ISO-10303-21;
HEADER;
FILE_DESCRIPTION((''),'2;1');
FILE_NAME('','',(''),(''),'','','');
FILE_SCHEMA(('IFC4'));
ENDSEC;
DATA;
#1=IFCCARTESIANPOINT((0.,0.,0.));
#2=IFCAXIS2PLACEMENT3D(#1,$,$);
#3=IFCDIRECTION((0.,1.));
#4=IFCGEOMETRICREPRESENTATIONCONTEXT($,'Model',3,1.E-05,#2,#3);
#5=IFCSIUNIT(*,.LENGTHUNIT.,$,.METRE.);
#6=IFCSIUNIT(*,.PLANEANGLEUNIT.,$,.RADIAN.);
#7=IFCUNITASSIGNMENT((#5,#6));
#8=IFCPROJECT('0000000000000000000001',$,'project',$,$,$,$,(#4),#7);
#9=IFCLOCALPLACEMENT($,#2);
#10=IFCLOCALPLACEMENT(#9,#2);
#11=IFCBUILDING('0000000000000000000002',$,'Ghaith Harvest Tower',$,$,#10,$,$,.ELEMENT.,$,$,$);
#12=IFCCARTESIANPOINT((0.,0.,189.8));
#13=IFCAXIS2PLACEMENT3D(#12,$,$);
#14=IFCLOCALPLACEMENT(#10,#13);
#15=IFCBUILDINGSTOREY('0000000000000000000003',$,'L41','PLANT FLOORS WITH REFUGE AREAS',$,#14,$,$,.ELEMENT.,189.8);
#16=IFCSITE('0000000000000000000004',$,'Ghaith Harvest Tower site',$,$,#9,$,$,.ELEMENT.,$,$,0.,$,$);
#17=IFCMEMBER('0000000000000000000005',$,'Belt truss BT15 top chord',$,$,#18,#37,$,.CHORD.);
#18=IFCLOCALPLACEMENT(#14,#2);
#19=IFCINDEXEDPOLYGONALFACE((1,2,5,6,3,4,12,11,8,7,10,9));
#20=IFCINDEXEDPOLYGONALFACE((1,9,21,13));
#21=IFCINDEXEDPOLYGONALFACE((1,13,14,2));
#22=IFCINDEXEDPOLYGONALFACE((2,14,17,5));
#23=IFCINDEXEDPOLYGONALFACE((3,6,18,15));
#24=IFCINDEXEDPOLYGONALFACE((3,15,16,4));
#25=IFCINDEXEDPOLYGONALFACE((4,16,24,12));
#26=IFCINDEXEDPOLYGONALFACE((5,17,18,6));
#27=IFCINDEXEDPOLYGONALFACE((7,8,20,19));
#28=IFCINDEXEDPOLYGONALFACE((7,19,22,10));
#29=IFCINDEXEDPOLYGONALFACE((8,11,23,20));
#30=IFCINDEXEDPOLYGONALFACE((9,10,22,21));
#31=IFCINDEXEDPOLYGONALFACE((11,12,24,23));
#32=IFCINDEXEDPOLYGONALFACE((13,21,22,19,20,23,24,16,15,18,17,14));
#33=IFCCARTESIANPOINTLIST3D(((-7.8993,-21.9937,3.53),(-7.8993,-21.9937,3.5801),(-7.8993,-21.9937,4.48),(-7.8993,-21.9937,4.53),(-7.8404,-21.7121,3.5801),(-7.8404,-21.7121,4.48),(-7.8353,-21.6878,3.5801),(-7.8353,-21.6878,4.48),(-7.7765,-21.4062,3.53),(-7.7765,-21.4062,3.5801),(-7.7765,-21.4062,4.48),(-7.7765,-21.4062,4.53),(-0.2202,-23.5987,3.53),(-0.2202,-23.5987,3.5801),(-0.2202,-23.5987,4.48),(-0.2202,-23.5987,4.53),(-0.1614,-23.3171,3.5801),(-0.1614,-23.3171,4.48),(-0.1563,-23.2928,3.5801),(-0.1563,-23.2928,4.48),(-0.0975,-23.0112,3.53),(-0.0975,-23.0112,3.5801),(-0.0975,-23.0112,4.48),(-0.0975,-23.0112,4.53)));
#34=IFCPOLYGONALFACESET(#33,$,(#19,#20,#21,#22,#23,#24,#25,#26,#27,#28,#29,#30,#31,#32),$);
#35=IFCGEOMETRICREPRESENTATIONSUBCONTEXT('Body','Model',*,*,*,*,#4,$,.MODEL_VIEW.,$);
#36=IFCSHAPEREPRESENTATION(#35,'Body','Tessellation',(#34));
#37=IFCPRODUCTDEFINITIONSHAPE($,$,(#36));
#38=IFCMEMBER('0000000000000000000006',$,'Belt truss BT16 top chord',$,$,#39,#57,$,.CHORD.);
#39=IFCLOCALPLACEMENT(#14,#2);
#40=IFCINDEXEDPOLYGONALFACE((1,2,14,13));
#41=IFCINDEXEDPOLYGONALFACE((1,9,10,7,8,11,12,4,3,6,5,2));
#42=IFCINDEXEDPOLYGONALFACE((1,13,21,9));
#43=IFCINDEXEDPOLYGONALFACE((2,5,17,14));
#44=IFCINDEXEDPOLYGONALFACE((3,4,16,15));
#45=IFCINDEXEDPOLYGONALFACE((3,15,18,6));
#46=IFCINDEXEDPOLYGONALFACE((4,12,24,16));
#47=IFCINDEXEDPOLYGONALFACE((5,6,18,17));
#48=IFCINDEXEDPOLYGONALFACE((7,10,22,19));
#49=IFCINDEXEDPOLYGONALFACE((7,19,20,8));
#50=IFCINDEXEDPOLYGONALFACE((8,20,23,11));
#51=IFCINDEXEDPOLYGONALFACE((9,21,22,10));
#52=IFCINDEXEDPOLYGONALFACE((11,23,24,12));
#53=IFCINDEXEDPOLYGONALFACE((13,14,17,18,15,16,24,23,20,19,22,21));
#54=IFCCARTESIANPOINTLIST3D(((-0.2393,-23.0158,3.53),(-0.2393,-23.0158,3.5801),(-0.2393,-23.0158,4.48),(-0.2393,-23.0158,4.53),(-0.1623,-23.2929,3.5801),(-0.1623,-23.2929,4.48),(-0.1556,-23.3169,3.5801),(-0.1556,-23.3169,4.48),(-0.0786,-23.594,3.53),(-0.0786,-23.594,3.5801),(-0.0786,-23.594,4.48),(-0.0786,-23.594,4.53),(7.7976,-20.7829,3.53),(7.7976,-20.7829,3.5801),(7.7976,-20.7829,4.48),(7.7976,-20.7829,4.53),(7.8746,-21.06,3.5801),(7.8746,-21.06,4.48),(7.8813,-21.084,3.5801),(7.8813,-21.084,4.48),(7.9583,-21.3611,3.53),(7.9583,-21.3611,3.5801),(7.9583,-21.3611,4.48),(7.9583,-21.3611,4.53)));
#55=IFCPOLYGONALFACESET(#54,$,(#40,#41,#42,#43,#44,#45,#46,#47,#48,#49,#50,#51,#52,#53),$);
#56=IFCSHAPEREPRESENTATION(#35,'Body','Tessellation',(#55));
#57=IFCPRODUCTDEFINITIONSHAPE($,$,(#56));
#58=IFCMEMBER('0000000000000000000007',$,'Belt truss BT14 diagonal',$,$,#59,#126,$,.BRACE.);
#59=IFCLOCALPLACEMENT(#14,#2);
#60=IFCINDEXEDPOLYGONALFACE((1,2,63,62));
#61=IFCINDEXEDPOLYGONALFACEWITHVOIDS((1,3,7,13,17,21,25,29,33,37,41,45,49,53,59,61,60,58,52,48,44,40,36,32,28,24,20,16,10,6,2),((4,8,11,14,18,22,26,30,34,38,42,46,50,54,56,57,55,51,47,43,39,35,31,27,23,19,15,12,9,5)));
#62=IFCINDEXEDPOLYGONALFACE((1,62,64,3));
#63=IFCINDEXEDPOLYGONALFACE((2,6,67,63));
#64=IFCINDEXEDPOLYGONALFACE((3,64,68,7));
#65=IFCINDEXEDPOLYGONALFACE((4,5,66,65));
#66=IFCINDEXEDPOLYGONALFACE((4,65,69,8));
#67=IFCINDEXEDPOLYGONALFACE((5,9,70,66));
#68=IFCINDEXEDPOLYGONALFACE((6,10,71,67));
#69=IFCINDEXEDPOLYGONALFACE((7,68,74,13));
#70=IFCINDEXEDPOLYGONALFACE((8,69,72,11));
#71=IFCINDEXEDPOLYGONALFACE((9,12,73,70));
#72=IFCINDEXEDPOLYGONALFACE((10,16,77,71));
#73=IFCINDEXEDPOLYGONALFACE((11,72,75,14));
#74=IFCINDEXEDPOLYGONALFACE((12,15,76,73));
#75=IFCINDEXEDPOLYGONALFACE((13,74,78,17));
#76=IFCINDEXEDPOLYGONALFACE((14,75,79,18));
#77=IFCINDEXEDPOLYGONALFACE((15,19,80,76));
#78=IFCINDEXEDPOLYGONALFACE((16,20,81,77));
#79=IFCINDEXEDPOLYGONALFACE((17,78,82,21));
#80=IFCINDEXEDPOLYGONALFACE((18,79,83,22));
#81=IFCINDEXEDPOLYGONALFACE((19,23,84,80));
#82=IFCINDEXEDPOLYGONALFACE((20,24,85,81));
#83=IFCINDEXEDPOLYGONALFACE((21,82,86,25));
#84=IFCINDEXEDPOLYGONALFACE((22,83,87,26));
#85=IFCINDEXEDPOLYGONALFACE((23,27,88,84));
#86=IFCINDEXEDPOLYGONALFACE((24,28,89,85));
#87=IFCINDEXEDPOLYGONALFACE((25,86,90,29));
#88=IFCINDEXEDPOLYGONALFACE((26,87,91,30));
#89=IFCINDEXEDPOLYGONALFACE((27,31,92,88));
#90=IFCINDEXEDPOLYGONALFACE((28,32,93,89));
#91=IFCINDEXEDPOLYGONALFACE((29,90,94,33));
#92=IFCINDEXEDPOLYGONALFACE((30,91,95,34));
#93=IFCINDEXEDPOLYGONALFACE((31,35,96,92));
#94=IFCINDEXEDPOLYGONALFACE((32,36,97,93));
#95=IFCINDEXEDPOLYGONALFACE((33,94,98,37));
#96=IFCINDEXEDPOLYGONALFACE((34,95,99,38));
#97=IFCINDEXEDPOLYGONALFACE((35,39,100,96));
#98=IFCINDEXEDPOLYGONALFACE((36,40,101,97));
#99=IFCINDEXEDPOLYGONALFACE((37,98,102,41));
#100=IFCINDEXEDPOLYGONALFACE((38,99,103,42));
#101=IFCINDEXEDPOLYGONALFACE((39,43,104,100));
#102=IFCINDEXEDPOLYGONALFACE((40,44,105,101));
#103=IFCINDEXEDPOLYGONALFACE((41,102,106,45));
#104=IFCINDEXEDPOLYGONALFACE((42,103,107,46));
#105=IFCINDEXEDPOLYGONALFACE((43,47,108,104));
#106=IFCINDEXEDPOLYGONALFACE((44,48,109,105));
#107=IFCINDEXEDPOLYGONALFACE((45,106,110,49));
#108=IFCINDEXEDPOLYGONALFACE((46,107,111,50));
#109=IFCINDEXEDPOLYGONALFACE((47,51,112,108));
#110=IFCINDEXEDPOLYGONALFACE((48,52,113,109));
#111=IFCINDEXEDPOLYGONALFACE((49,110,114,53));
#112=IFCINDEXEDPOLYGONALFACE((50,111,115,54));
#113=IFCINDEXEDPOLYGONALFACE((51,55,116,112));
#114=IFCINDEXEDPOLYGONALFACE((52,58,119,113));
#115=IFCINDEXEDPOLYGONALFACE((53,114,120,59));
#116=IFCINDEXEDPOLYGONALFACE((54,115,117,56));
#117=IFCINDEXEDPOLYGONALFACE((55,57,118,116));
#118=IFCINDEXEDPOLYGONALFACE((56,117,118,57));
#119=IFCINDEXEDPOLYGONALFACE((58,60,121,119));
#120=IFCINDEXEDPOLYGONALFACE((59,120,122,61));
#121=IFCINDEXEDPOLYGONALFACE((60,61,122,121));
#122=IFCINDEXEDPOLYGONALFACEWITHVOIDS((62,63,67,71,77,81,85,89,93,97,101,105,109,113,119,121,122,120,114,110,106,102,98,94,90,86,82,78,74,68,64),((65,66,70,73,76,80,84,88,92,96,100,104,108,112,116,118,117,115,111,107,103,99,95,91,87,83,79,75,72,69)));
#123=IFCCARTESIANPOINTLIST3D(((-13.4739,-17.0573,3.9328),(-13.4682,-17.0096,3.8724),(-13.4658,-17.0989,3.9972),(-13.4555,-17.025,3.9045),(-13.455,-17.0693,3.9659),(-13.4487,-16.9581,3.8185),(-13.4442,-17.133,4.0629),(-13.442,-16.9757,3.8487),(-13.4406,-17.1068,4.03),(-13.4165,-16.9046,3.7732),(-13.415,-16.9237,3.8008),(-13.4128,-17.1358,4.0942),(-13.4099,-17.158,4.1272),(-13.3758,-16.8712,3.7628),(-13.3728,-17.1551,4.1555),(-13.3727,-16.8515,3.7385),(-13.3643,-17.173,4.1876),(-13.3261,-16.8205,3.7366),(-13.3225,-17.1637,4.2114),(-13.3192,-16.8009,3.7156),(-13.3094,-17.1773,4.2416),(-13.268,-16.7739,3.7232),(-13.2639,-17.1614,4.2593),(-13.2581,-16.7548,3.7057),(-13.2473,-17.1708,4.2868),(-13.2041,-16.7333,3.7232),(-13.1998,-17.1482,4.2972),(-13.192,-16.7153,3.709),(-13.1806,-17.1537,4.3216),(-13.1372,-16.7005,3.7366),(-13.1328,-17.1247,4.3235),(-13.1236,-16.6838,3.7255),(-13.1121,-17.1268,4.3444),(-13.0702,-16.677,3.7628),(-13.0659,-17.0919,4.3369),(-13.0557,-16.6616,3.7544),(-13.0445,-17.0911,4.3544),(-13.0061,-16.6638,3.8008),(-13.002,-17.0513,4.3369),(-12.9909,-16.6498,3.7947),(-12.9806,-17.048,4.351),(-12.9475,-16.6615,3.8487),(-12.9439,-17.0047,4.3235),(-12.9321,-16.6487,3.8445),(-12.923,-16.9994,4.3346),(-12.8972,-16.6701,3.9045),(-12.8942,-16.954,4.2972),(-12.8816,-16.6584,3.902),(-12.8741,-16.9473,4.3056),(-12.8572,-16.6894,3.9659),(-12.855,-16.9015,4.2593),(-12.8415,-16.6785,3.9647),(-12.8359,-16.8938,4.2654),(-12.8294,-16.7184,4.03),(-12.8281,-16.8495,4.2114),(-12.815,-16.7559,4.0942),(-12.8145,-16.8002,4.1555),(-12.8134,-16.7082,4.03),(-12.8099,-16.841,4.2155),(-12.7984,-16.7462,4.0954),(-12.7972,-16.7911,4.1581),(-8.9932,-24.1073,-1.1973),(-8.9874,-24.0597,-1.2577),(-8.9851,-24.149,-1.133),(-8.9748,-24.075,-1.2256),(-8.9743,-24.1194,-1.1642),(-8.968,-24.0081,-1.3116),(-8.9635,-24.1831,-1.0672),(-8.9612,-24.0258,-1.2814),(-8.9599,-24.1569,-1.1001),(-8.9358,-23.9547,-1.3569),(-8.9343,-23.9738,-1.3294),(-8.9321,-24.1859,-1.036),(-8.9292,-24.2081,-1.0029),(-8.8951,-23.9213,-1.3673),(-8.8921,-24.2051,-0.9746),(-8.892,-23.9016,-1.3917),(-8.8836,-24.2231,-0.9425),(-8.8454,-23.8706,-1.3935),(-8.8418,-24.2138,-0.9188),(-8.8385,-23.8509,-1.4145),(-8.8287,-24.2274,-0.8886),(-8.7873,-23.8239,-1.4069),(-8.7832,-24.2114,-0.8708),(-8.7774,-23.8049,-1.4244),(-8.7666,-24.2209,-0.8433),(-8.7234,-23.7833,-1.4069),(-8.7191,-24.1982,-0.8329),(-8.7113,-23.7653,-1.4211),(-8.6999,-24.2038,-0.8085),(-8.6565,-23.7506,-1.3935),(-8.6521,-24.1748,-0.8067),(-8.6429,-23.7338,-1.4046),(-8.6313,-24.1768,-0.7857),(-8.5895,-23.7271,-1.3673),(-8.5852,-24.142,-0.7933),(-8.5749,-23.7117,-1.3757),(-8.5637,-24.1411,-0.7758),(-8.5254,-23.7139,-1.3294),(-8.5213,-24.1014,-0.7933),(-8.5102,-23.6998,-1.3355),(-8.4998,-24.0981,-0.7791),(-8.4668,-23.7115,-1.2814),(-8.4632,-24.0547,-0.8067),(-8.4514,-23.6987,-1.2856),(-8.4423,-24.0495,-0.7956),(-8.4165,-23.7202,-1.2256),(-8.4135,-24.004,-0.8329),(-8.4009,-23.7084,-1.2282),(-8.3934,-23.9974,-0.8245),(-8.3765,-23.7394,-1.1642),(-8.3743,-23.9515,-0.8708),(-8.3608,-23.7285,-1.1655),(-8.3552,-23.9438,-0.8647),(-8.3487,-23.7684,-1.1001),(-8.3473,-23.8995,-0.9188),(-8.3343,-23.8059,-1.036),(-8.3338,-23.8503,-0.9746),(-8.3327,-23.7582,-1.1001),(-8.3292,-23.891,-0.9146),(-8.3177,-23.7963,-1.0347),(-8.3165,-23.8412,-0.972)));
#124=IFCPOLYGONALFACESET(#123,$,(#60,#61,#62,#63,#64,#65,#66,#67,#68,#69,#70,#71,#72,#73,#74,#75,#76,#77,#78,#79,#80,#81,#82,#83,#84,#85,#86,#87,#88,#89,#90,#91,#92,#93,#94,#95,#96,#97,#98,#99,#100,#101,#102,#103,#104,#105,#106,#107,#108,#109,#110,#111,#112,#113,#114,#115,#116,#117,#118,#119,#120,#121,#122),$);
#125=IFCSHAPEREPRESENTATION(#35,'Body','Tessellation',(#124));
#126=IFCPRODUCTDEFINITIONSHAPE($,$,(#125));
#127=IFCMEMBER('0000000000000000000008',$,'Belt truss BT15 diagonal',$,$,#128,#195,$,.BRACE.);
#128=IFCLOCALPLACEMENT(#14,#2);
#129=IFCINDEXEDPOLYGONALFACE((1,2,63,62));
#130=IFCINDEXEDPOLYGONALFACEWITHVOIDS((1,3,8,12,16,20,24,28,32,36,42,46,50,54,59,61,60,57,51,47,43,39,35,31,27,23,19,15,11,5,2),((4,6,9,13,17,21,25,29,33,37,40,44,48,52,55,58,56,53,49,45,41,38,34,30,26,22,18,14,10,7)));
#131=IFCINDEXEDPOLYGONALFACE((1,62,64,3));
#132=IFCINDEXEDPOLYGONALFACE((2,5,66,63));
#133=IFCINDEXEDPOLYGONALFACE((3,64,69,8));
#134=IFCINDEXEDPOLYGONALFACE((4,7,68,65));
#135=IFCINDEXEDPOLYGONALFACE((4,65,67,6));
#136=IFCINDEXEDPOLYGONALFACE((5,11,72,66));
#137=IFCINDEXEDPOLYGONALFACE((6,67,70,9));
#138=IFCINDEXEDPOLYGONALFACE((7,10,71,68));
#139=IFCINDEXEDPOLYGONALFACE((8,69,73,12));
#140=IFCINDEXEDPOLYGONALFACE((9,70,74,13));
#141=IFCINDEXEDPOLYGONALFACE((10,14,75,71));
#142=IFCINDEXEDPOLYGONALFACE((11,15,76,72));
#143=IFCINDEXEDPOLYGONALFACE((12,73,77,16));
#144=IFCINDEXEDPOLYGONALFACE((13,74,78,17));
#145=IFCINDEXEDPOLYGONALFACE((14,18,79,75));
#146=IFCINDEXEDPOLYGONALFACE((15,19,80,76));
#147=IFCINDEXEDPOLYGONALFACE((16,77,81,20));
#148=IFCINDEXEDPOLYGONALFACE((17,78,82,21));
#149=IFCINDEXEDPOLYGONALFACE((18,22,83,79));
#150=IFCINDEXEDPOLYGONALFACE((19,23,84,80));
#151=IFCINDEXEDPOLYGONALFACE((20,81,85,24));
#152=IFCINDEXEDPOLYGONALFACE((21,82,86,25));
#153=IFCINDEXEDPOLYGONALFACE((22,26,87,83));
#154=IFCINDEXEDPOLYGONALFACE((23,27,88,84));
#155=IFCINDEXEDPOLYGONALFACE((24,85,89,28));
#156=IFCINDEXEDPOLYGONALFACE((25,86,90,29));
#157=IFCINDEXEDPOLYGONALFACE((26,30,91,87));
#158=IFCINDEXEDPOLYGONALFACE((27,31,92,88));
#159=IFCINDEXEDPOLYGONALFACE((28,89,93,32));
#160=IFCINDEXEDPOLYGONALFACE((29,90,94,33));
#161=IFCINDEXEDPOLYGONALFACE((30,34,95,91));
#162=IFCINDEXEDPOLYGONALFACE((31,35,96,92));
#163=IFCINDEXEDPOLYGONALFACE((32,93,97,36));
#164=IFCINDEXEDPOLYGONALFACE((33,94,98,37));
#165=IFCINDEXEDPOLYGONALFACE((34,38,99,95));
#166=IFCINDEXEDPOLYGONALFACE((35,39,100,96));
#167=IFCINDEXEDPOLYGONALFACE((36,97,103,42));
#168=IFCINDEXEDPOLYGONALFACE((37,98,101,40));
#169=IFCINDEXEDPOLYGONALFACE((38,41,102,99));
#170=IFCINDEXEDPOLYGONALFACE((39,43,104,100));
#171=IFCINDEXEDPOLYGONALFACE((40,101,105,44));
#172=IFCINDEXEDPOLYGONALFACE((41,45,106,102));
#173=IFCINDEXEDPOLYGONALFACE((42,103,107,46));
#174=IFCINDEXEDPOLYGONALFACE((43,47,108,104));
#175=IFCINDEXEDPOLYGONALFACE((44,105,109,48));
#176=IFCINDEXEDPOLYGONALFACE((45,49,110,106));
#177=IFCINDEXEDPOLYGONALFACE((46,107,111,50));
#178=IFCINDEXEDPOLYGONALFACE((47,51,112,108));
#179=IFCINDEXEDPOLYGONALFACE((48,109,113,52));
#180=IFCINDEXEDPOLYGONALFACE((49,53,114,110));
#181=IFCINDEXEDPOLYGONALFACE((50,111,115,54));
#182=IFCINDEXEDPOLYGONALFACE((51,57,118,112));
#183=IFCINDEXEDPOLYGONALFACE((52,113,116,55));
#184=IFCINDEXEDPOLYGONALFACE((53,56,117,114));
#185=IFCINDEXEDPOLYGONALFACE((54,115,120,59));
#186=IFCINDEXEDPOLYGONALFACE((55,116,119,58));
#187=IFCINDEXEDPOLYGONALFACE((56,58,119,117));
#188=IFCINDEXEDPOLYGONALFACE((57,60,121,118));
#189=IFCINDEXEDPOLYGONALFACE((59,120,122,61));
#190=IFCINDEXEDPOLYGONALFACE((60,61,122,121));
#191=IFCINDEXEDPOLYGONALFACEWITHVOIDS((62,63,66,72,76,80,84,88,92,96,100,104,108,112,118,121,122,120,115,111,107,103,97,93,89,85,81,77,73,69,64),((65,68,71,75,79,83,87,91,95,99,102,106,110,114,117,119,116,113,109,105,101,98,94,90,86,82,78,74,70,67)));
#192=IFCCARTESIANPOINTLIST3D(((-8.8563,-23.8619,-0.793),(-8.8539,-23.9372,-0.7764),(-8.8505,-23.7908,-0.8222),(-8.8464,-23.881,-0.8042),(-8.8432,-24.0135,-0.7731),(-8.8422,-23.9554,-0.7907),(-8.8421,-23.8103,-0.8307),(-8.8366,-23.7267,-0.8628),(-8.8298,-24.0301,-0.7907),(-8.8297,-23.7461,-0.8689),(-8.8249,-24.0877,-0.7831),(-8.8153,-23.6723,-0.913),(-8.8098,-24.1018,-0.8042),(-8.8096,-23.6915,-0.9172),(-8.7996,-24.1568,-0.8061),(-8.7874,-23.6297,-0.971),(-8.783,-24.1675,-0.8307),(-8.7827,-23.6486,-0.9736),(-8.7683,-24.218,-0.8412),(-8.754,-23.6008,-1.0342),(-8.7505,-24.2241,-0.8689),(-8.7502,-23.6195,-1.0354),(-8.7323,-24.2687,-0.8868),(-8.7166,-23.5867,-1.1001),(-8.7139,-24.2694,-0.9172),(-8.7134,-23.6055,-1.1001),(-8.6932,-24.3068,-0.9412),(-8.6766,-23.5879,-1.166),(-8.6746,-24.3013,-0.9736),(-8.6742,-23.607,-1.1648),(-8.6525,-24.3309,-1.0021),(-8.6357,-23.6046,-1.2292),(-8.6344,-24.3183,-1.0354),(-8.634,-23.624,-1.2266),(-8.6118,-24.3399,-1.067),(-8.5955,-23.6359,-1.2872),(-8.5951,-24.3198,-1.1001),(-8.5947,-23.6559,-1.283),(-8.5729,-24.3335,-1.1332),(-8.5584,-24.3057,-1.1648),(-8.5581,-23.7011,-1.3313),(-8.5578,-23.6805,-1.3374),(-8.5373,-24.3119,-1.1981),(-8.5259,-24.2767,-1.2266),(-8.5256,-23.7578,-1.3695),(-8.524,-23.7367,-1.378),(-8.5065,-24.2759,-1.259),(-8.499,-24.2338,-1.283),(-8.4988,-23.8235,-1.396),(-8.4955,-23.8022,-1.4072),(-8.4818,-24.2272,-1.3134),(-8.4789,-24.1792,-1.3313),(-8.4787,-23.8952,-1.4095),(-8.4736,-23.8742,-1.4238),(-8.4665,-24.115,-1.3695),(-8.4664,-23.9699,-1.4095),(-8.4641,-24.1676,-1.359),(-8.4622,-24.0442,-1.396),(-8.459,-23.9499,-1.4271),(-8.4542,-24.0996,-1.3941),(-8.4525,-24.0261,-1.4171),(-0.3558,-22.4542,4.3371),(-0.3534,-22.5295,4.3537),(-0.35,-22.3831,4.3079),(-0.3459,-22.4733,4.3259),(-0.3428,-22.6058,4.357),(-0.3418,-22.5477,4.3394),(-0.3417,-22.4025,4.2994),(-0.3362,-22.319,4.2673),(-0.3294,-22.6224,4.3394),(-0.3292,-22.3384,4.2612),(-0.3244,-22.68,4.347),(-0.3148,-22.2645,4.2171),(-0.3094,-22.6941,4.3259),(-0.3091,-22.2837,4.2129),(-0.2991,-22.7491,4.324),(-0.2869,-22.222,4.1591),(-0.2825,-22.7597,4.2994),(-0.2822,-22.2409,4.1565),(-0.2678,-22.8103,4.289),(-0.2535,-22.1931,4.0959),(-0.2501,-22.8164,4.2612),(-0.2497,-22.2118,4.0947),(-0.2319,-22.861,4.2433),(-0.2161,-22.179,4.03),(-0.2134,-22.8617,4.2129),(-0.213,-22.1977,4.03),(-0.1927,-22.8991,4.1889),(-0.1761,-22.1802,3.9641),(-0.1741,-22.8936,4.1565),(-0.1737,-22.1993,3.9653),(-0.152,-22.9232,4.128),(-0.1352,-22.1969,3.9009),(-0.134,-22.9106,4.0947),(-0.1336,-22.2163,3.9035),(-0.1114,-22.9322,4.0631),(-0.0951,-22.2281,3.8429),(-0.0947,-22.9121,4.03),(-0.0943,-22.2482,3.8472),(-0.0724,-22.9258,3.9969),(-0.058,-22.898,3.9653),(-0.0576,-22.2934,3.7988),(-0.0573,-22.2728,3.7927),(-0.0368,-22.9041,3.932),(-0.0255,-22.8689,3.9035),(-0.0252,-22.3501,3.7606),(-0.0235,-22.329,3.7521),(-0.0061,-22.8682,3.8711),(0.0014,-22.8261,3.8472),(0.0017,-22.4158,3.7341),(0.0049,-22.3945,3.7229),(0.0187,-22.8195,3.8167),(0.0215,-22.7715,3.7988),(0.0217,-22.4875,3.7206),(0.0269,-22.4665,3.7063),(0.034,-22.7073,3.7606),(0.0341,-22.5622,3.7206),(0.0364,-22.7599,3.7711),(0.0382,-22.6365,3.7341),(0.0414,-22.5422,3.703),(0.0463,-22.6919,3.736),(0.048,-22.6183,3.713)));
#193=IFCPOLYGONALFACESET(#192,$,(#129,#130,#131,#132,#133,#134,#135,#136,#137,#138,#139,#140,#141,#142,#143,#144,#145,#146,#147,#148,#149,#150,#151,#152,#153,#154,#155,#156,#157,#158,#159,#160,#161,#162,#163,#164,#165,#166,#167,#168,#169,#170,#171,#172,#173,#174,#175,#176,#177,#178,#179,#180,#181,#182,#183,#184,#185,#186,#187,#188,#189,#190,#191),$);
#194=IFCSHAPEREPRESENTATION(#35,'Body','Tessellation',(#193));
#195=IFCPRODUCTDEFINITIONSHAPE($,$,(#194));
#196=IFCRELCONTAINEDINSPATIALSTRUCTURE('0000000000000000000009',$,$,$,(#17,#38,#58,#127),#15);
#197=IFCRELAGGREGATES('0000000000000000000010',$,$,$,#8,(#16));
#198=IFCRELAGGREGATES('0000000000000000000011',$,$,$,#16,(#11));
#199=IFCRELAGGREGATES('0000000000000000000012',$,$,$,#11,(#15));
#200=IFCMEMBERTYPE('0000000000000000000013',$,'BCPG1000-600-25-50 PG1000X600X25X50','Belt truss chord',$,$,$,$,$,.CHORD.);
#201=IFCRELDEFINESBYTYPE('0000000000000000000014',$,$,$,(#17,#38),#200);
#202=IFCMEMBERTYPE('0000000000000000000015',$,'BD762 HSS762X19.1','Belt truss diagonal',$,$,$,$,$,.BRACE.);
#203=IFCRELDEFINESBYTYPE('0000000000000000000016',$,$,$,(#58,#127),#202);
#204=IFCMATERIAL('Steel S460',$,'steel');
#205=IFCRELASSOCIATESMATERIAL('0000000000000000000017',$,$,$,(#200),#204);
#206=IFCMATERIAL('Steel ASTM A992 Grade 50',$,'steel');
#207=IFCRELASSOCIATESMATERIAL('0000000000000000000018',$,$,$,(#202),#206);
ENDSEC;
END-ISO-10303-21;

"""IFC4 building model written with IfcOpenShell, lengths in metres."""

from ifc_helpers import new_model, si_unit, direction, frame, origin, origin_2d, place, context, subcontext, project, spatial, hollow_circle, i_section, extrude, material, material_profile, profile_set, type_object, element, save


model = new_model("IFC4")

# Units and contexts
model_context = context("Model", 3, precision=1e-05, world=origin(), true_north=direction((0.0, 1.0)))
body_context = subcontext(model_context, "Body", "Model", "MODEL_VIEW")
ifc_project = project(units=[si_unit("LENGTHUNIT", "METRE"), si_unit("PLANEANGLEUNIT", "RADIAN")], contexts=[model_context])

# Site, building, storey
site_placement = place(None, origin())
site = spatial("IfcSite", under=ifc_project, at=site_placement, Name="Ghaith Harvest Tower site", CompositionType="ELEMENT", RefElevation=0.0)
building_placement = place(site_placement, origin())
building = spatial("IfcBuilding", under=site, at=building_placement, Name="Ghaith Harvest Tower", CompositionType="ELEMENT")
storey_placement = place(building_placement, frame((0.0, 0.0, 189.8)))
storey = spatial("IfcBuildingStorey", under=building, at=storey_placement, Name="L41", Description="PLANT FLOORS WITH REFUGE AREAS", CompositionType="ELEMENT", Elevation=189.8)

# Members
ifc_material_1 = material(Name="Steel S460", Category="steel")
ifc_material_profile_1 = material_profile(ifc_material_1, i_section(OverallWidth=0.6001, OverallDepth=1.0, WebThickness=0.0249, FlangeThickness=0.05, at=origin_2d()), Name="PG1000X600X25X50")
ifc_profile_set_1 = profile_set([ifc_material_profile_1], Name="Steel S460")
member_type_1 = type_object("IfcMemberType", Name="BCPG1000-600-25-50 PG1000X600X25X50", Description="Belt truss chord", PredefinedType="CHORD", material=ifc_profile_set_1)
member_1_placement = place(storey_placement, frame((-7.8379, -21.7, 4.03), z_axis=(0.978848, -0.204589, 0.0), x_axis=(0.204589, 0.978848, 0.0)))
element("IfcMember", 1, at=member_1_placement, inside=storey, type_object=member_type_1, Name="Belt truss BT15 top chord", PredefinedType="CHORD", context=body_context, shape_type="SweptSolid", body=[
    extrude(i_section(OverallWidth=0.6001, OverallDepth=1.0, WebThickness=0.0249, FlangeThickness=0.05, at=origin_2d()), origin(), (0.0, 0.0, 1.0), 7.845),
])
member_2_placement = place(storey_placement, frame((-0.1589, -23.3049, 4.03), z_axis=(0.963504, 0.267694, 0.0), x_axis=(-0.267694, 0.963504, 0.0)))
element("IfcMember", 2, at=member_2_placement, inside=storey, type_object=member_type_1, Name="Belt truss BT16 top chord", PredefinedType="CHORD", context=body_context, shape_type="SweptSolid", body=[
    extrude(i_section(OverallWidth=0.6001, OverallDepth=1.0, WebThickness=0.0249, FlangeThickness=0.05, at=origin_2d()), origin(), (0.0, 0.0, 1.0), 8.3413),
])
ifc_material_2 = material(Name="Steel ASTM A992 Grade 50", Category="steel")
ifc_material_profile_2 = material_profile(ifc_material_2, hollow_circle(Radius=0.3811, WallThickness=0.019, at=origin_2d()), Name="HSS762X19.1")
ifc_profile_set_2 = profile_set([ifc_material_profile_2], Name="Steel ASTM A992 Grade 50")
member_type_2 = type_object("IfcMemberType", Name="BD762 HSS762X19.1", Description="Belt truss diagonal", PredefinedType="BRACE", material=ifc_profile_set_2)
member_3_placement = place(storey_placement, frame((-13.135, -16.9126, 4.03), z_axis=(0.457077, -0.719175, -0.523324), x_axis=(0.843969, 0.536391, 0.0)))
element("IfcMember", 3, at=member_3_placement, inside=storey, type_object=member_type_2, Name="Belt truss BT14 diagonal", PredefinedType="BRACE", context=body_context, shape_type="SweptSolid", body=[
    extrude(hollow_circle(Radius=0.3811, WallThickness=0.019, at=origin_2d()), origin(), (0.0, 0.0, 1.0), 9.803),
])
member_4_placement = place(storey_placement, frame((-8.6543, -23.9626, -1.1001), z_axis=(0.847686, 0.14038, 0.511587), x_axis=(-0.163379, 0.986563, 0.0)))
element("IfcMember", 4, at=member_4_placement, inside=storey, type_object=member_type_2, Name="Belt truss BT15 diagonal", PredefinedType="BRACE", context=body_context, shape_type="SweptSolid", body=[
    extrude(hollow_circle(Radius=0.3811, WallThickness=0.019, at=origin_2d()), origin(), (0.0, 0.0, 1.0), 10.0278),
])

save(model, "model.ifc")
